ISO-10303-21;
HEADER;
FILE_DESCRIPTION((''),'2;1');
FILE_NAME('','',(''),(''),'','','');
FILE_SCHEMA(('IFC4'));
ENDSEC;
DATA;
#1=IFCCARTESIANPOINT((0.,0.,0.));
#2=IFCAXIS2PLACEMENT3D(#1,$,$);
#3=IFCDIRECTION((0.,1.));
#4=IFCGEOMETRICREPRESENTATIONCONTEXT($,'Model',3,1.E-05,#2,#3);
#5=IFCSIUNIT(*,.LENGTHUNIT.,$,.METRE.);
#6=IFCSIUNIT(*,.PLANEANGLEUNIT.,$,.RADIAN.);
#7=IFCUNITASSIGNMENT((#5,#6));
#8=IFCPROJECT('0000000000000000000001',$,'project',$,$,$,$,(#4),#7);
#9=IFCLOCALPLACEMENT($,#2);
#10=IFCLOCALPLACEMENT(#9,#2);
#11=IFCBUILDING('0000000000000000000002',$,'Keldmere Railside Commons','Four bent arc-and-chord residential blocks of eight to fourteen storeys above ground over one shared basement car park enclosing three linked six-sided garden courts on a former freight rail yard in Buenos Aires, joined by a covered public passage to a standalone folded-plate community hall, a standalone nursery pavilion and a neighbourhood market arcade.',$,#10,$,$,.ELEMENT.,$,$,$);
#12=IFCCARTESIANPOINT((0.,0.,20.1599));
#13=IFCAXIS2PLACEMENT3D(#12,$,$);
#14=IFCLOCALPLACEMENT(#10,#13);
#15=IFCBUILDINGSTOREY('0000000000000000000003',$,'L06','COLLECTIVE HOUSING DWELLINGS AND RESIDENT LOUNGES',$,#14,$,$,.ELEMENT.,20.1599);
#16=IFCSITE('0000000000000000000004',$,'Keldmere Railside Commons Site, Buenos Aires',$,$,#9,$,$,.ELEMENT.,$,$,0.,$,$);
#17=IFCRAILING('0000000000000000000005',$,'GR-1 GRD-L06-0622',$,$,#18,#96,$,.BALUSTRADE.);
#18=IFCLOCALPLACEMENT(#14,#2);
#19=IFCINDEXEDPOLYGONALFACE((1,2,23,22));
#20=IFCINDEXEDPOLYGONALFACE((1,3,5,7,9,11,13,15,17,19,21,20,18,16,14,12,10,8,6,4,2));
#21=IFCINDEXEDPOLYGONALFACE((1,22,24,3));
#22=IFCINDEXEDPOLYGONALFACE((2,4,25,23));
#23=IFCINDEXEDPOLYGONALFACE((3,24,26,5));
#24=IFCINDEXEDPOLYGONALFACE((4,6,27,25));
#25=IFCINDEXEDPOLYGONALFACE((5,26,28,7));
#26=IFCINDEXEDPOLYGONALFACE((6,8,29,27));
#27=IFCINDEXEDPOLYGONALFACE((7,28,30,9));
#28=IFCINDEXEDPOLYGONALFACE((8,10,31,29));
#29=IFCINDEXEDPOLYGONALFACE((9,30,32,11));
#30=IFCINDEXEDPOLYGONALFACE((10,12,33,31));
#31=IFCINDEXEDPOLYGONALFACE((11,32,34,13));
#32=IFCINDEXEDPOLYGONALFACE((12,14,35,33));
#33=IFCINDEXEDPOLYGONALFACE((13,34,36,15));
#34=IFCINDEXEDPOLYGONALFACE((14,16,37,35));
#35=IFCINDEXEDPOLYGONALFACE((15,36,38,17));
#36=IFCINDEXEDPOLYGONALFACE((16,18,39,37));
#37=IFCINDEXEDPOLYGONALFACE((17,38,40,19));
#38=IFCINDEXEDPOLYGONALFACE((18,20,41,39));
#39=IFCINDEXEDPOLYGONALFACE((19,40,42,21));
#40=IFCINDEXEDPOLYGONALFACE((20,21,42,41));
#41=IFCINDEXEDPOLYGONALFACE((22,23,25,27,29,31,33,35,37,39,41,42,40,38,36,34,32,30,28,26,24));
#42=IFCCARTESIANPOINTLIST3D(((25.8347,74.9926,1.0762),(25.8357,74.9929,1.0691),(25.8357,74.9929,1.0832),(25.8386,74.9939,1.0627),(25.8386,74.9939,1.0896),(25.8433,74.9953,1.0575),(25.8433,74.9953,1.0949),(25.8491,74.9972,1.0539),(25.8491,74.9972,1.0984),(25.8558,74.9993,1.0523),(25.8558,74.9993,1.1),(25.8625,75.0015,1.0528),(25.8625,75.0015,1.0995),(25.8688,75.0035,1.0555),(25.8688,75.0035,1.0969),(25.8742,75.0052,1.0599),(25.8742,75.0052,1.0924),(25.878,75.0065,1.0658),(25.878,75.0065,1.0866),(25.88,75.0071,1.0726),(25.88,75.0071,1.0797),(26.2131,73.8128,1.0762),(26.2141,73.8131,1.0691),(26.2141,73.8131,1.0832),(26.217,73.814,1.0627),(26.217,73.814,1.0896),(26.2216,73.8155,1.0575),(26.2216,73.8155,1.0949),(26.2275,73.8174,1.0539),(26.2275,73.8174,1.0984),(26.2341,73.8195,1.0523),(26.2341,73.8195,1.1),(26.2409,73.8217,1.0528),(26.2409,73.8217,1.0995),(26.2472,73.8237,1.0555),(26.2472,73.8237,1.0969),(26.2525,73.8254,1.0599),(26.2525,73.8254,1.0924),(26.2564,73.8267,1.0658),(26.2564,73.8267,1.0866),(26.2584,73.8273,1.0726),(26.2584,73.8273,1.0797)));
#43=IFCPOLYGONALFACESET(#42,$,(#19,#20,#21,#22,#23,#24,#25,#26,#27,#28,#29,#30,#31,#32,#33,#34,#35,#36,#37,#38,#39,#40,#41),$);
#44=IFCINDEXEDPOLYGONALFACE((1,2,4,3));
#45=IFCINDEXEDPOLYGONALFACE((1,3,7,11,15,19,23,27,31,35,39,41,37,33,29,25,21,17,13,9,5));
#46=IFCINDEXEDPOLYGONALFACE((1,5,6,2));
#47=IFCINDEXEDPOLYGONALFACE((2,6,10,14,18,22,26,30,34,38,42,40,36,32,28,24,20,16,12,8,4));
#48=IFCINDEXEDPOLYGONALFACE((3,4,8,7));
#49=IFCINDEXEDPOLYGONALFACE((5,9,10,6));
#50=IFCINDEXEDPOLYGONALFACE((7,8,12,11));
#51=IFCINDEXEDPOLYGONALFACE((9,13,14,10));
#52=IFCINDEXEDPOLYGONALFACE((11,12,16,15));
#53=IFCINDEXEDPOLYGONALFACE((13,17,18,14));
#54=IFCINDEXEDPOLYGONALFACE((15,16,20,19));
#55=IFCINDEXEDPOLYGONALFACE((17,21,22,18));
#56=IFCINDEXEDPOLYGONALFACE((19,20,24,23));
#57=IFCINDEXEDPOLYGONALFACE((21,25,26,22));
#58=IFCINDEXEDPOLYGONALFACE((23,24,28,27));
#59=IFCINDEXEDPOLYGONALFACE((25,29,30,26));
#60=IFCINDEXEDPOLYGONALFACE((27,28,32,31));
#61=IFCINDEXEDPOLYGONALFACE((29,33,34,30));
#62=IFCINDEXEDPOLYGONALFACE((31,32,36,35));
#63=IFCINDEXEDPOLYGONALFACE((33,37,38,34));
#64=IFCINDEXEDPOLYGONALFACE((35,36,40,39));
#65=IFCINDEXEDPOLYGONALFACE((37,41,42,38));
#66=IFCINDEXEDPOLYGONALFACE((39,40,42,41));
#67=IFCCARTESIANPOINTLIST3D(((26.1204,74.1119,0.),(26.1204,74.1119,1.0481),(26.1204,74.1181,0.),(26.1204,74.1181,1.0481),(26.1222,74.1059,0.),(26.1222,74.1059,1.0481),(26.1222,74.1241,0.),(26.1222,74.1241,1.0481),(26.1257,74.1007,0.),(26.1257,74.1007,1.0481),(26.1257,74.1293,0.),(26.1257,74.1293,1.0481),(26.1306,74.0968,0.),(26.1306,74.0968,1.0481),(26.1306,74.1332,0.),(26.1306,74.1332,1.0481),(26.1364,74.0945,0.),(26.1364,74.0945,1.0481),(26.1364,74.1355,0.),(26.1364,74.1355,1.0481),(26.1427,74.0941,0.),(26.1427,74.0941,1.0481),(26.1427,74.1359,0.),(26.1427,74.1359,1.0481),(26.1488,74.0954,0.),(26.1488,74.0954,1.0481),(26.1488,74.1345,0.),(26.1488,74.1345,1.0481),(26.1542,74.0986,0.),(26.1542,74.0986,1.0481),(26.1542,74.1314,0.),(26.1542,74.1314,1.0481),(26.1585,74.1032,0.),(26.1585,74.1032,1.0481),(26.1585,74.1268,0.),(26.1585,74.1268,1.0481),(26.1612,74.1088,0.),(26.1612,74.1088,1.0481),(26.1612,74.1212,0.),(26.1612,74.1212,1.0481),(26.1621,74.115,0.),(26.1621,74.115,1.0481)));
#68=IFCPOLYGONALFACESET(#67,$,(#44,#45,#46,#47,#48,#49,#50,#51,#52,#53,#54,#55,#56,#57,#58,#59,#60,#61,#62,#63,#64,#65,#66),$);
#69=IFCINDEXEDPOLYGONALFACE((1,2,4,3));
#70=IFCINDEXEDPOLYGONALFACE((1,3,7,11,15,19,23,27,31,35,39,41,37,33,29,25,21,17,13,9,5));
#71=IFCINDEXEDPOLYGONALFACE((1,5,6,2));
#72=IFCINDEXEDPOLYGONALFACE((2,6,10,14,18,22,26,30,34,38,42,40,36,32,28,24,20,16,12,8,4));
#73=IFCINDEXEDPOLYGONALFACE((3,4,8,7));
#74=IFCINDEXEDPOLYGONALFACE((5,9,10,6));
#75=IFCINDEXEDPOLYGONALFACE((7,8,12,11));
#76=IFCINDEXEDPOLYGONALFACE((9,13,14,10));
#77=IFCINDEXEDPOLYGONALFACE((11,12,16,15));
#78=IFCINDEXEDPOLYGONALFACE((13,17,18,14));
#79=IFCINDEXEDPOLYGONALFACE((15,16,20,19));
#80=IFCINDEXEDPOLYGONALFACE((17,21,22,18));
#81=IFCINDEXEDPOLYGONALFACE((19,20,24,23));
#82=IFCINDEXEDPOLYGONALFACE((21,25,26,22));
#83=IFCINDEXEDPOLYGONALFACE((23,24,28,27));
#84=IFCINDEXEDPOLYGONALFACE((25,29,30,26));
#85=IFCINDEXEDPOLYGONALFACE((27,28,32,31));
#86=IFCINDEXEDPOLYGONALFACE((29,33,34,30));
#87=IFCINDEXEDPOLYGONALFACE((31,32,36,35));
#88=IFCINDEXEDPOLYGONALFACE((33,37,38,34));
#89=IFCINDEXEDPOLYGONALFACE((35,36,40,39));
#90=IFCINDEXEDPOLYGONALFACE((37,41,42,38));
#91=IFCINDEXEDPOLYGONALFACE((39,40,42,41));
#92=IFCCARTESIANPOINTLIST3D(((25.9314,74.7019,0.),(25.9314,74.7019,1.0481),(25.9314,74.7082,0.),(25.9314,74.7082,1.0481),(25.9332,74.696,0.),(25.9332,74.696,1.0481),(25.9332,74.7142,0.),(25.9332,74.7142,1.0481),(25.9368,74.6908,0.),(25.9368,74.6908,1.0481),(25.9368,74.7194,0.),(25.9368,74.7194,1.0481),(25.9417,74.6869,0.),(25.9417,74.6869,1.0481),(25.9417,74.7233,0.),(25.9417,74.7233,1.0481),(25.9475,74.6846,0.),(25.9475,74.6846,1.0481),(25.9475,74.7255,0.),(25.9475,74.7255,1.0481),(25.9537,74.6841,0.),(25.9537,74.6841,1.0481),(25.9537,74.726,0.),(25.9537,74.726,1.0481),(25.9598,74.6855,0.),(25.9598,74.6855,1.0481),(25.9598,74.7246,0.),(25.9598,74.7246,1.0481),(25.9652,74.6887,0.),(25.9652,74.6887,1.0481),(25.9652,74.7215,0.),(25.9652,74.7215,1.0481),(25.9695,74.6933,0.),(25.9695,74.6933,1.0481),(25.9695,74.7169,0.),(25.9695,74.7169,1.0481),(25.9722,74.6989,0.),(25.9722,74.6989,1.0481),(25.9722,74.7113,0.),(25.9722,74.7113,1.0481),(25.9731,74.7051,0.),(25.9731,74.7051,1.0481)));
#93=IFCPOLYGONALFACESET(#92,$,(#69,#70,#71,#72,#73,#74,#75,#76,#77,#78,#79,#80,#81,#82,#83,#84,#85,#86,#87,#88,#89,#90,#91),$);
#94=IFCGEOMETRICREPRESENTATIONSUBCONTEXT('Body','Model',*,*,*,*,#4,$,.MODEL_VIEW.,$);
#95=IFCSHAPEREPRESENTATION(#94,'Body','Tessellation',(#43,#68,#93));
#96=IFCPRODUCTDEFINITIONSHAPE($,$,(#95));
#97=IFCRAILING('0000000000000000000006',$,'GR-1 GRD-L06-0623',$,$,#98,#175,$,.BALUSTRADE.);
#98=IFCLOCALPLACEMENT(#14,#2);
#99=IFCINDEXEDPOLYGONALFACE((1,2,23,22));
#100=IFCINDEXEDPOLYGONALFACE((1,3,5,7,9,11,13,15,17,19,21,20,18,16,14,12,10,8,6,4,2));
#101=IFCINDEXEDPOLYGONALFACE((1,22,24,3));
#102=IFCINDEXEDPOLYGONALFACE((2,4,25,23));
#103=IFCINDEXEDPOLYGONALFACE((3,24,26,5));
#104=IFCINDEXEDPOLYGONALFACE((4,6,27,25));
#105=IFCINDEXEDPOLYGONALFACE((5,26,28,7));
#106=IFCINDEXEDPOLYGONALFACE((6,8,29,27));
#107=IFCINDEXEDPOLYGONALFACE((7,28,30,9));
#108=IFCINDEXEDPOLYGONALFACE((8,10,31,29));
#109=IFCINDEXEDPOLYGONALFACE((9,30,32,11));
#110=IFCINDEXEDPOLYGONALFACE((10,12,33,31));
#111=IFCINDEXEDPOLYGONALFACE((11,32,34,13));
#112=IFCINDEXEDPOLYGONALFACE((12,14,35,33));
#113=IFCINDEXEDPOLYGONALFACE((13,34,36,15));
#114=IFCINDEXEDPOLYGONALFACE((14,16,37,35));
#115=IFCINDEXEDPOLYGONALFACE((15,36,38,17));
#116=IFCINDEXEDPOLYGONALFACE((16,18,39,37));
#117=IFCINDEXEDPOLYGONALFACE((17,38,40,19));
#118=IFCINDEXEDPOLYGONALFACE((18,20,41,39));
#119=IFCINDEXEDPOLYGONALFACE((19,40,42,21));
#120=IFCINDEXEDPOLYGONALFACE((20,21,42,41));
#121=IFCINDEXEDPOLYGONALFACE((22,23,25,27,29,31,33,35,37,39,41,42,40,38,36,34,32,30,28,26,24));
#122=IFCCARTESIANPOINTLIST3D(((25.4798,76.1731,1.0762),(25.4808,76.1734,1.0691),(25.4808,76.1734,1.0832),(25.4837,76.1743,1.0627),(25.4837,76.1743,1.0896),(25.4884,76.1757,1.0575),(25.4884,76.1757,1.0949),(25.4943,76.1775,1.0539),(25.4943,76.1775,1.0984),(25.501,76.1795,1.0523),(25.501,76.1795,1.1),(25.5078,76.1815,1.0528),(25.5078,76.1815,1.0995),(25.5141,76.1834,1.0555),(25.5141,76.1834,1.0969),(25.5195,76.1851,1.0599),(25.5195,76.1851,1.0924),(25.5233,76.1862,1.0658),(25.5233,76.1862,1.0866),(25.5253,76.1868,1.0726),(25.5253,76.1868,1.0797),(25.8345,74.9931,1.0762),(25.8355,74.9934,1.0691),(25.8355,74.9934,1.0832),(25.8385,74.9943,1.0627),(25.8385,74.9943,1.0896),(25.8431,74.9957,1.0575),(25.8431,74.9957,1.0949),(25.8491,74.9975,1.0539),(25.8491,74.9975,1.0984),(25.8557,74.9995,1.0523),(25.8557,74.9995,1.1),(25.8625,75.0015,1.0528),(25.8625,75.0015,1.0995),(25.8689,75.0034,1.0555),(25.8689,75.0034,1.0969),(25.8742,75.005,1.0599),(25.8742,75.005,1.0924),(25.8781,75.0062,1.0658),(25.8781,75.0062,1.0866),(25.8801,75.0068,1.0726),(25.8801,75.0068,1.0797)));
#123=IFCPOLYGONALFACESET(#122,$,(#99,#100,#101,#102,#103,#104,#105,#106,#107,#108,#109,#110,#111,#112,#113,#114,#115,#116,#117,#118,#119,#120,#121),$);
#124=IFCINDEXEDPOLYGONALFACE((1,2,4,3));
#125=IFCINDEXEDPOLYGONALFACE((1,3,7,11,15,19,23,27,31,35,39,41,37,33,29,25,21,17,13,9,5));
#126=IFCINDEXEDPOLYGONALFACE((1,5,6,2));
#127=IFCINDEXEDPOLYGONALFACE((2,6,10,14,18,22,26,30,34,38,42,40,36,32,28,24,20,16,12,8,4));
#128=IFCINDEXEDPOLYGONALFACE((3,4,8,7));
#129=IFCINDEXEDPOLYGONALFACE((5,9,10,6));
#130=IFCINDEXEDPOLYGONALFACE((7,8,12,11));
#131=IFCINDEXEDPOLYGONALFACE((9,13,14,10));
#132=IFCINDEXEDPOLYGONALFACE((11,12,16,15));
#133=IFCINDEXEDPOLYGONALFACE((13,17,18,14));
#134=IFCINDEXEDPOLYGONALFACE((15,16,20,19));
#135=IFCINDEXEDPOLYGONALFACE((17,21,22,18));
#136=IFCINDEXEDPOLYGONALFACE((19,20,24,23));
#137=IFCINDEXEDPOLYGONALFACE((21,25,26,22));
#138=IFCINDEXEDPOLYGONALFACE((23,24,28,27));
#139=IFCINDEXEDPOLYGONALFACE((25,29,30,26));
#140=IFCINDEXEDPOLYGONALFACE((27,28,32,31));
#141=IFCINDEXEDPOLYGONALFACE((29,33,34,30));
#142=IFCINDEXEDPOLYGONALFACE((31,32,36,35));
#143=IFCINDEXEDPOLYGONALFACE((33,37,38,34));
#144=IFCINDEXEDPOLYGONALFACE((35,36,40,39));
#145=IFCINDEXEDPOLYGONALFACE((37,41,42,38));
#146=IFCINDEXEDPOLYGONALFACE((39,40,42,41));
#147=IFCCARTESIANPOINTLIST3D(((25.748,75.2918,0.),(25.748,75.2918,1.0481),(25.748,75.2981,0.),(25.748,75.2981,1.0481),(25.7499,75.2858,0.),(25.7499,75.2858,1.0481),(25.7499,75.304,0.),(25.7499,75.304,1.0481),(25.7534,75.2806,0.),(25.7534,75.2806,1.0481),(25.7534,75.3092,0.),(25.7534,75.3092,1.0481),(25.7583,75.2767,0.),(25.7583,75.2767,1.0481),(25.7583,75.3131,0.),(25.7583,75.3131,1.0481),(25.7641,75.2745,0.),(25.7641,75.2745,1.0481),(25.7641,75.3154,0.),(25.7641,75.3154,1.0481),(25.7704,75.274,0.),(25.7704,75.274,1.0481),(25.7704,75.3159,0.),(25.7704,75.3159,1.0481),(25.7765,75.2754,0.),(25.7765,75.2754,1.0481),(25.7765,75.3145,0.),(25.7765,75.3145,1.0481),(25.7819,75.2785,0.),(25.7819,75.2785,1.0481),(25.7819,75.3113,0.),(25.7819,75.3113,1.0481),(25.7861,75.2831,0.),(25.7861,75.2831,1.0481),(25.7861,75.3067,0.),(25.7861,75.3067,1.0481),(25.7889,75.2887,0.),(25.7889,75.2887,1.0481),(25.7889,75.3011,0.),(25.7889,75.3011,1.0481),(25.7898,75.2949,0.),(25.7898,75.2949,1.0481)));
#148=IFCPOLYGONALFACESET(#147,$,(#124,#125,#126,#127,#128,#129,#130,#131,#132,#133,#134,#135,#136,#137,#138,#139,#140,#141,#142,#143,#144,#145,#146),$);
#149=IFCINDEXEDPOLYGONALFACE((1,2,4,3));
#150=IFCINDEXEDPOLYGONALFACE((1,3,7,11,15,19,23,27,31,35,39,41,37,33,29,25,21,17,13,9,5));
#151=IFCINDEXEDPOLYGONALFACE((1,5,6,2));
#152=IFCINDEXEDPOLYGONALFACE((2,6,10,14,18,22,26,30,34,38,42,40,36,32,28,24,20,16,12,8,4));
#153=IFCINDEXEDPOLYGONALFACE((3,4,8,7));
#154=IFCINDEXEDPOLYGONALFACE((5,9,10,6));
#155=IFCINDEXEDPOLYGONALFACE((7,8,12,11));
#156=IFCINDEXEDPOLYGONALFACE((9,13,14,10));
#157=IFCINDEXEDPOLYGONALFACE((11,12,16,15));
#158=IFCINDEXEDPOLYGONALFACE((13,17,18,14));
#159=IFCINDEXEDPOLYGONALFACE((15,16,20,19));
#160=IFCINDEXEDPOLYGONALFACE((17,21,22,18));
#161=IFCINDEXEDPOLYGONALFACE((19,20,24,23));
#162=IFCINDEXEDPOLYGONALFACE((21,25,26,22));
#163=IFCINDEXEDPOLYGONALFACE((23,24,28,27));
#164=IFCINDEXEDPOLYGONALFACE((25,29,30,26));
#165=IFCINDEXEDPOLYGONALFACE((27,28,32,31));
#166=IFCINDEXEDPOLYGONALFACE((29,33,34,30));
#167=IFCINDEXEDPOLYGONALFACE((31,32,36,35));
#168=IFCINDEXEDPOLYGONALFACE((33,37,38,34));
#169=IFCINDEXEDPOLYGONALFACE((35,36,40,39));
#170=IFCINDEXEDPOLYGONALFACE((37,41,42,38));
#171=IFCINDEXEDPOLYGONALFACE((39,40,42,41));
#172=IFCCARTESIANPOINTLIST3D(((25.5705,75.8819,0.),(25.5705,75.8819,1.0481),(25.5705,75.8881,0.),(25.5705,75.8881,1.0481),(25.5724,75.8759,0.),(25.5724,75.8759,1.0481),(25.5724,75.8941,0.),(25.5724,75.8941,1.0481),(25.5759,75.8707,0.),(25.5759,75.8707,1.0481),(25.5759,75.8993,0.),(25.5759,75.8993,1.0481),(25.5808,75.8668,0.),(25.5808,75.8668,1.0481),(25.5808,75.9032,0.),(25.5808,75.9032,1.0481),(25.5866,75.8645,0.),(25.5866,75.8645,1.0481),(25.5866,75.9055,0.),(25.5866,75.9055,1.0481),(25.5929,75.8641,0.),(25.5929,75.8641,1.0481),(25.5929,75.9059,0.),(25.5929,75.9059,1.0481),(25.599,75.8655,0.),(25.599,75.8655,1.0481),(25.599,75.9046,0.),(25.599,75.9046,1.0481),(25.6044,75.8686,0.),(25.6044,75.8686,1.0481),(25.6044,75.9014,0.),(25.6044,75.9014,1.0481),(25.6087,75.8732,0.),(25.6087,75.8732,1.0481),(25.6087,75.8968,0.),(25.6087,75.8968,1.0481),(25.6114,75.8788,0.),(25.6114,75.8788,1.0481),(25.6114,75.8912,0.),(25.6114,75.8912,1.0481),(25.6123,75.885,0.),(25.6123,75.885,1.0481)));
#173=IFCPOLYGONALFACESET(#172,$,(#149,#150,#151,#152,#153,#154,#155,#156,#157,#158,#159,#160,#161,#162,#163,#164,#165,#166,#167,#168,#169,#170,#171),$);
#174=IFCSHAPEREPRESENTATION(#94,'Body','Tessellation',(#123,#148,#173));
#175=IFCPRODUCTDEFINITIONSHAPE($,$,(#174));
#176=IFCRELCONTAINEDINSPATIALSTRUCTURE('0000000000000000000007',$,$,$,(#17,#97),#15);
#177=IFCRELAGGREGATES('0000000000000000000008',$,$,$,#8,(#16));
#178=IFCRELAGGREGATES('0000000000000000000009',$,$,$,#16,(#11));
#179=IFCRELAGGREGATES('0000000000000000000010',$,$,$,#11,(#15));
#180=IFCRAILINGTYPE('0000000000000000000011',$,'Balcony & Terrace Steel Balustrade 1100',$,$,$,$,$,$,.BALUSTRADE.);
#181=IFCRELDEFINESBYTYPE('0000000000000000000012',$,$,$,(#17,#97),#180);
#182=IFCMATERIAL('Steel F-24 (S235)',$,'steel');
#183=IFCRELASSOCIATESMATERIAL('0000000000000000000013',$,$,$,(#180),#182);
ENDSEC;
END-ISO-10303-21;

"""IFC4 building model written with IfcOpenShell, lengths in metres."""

from ifc_helpers import new_model, si_unit, direction, frame, origin, origin_2d, place, context, subcontext, project, spatial, circle, extrude, material, type_object, element, save


model = new_model("IFC4")

# Units and contexts
model_context = context("Model", 3, precision=1e-05, world=origin(), true_north=direction((0.0, 1.0)))
body_context = subcontext(model_context, "Body", "Model", "MODEL_VIEW")
ifc_project = project(units=[si_unit("LENGTHUNIT", "METRE"), si_unit("PLANEANGLEUNIT", "RADIAN")], contexts=[model_context])

# Site, building, storey
site_placement = place(None, origin())
site = spatial("IfcSite", under=ifc_project, at=site_placement, Name="Keldmere Railside Commons Site, Buenos Aires", CompositionType="ELEMENT", RefElevation=0.0)
building_placement = place(site_placement, origin())
building = spatial("IfcBuilding", under=site, at=building_placement, Name="Keldmere Railside Commons", Description="Four bent arc-and-chord residential blocks of eight to fourteen storeys above ground over one shared basement car park enclosing three linked six-sided garden courts on a former freight rail yard in Buenos Aires, joined by a covered public passage to a standalone folded-plate community hall, a standalone nursery pavilion and a neighbourhood market arcade.", CompositionType="ELEMENT")
storey_placement = place(building_placement, frame((0.0, 0.0, 20.1599)))
storey = spatial("IfcBuildingStorey", under=building, at=storey_placement, Name="L06", Description="COLLECTIVE HOUSING DWELLINGS AND RESIDENT LOUNGES", CompositionType="ELEMENT", Elevation=20.1599)

# Railings
ifc_material_1 = material(Name="Steel F-24 (S235)", Category="steel")
railing_type_1 = type_object("IfcRailingType", Name="Balcony & Terrace Steel Balustrade 1100", PredefinedType="BALUSTRADE", material=ifc_material_1)
railing_1_placement = place(storey_placement, frame((26.2358, 73.8201, 0.0)))
element("IfcRailing", 1, at=railing_1_placement, inside=storey, type_object=railing_type_1, Name="GR-1 GRD-L06-0622", PredefinedType="BALUSTRADE", context=body_context, shape_type="SweptSolid", body=[
    extrude(circle(Radius=0.0239, at=origin_2d()), frame((0.0, 0.0, 1.0762), z_axis=(-0.30539, 0.952227, 0.0), x_axis=(-0.952227, -0.30539, 0.0)), (0.0, 0.0, 1.0), 1.239),
    extrude(circle(Radius=0.021, at=origin_2d()), frame((-0.0947, 0.2949, 0.0)), (0.0, 0.0, 1.0), 1.0481),
    extrude(circle(Radius=0.021, at=origin_2d()), frame((-0.2837, 0.885, 0.0)), (0.0, 0.0, 1.0), 1.0481),
])
railing_2_placement = place(storey_placement, frame((25.8574, 75.0, 0.0)))
element("IfcRailing", 2, at=railing_2_placement, inside=storey, type_object=railing_type_1, Name="GR-1 GRD-L06-0623", PredefinedType="BALUSTRADE", context=body_context, shape_type="SweptSolid", body=[
    extrude(circle(Radius=0.0239, at=origin_2d()), frame((0.0, 0.0, 1.0762), z_axis=(-0.287911, 0.957657, 0.0), x_axis=(-0.957657, -0.287911, 0.0)), (0.0, 0.0, 1.0), 1.2322),
    extrude(circle(Radius=0.021, at=origin_2d()), frame((-0.0886, 0.2949, 0.0)), (0.0, 0.0, 1.0), 1.0481),
    extrude(circle(Radius=0.021, at=origin_2d()), frame((-0.2661, 0.885, 0.0)), (0.0, 0.0, 1.0), 1.0481),
])

save(model, "model.ifc")
